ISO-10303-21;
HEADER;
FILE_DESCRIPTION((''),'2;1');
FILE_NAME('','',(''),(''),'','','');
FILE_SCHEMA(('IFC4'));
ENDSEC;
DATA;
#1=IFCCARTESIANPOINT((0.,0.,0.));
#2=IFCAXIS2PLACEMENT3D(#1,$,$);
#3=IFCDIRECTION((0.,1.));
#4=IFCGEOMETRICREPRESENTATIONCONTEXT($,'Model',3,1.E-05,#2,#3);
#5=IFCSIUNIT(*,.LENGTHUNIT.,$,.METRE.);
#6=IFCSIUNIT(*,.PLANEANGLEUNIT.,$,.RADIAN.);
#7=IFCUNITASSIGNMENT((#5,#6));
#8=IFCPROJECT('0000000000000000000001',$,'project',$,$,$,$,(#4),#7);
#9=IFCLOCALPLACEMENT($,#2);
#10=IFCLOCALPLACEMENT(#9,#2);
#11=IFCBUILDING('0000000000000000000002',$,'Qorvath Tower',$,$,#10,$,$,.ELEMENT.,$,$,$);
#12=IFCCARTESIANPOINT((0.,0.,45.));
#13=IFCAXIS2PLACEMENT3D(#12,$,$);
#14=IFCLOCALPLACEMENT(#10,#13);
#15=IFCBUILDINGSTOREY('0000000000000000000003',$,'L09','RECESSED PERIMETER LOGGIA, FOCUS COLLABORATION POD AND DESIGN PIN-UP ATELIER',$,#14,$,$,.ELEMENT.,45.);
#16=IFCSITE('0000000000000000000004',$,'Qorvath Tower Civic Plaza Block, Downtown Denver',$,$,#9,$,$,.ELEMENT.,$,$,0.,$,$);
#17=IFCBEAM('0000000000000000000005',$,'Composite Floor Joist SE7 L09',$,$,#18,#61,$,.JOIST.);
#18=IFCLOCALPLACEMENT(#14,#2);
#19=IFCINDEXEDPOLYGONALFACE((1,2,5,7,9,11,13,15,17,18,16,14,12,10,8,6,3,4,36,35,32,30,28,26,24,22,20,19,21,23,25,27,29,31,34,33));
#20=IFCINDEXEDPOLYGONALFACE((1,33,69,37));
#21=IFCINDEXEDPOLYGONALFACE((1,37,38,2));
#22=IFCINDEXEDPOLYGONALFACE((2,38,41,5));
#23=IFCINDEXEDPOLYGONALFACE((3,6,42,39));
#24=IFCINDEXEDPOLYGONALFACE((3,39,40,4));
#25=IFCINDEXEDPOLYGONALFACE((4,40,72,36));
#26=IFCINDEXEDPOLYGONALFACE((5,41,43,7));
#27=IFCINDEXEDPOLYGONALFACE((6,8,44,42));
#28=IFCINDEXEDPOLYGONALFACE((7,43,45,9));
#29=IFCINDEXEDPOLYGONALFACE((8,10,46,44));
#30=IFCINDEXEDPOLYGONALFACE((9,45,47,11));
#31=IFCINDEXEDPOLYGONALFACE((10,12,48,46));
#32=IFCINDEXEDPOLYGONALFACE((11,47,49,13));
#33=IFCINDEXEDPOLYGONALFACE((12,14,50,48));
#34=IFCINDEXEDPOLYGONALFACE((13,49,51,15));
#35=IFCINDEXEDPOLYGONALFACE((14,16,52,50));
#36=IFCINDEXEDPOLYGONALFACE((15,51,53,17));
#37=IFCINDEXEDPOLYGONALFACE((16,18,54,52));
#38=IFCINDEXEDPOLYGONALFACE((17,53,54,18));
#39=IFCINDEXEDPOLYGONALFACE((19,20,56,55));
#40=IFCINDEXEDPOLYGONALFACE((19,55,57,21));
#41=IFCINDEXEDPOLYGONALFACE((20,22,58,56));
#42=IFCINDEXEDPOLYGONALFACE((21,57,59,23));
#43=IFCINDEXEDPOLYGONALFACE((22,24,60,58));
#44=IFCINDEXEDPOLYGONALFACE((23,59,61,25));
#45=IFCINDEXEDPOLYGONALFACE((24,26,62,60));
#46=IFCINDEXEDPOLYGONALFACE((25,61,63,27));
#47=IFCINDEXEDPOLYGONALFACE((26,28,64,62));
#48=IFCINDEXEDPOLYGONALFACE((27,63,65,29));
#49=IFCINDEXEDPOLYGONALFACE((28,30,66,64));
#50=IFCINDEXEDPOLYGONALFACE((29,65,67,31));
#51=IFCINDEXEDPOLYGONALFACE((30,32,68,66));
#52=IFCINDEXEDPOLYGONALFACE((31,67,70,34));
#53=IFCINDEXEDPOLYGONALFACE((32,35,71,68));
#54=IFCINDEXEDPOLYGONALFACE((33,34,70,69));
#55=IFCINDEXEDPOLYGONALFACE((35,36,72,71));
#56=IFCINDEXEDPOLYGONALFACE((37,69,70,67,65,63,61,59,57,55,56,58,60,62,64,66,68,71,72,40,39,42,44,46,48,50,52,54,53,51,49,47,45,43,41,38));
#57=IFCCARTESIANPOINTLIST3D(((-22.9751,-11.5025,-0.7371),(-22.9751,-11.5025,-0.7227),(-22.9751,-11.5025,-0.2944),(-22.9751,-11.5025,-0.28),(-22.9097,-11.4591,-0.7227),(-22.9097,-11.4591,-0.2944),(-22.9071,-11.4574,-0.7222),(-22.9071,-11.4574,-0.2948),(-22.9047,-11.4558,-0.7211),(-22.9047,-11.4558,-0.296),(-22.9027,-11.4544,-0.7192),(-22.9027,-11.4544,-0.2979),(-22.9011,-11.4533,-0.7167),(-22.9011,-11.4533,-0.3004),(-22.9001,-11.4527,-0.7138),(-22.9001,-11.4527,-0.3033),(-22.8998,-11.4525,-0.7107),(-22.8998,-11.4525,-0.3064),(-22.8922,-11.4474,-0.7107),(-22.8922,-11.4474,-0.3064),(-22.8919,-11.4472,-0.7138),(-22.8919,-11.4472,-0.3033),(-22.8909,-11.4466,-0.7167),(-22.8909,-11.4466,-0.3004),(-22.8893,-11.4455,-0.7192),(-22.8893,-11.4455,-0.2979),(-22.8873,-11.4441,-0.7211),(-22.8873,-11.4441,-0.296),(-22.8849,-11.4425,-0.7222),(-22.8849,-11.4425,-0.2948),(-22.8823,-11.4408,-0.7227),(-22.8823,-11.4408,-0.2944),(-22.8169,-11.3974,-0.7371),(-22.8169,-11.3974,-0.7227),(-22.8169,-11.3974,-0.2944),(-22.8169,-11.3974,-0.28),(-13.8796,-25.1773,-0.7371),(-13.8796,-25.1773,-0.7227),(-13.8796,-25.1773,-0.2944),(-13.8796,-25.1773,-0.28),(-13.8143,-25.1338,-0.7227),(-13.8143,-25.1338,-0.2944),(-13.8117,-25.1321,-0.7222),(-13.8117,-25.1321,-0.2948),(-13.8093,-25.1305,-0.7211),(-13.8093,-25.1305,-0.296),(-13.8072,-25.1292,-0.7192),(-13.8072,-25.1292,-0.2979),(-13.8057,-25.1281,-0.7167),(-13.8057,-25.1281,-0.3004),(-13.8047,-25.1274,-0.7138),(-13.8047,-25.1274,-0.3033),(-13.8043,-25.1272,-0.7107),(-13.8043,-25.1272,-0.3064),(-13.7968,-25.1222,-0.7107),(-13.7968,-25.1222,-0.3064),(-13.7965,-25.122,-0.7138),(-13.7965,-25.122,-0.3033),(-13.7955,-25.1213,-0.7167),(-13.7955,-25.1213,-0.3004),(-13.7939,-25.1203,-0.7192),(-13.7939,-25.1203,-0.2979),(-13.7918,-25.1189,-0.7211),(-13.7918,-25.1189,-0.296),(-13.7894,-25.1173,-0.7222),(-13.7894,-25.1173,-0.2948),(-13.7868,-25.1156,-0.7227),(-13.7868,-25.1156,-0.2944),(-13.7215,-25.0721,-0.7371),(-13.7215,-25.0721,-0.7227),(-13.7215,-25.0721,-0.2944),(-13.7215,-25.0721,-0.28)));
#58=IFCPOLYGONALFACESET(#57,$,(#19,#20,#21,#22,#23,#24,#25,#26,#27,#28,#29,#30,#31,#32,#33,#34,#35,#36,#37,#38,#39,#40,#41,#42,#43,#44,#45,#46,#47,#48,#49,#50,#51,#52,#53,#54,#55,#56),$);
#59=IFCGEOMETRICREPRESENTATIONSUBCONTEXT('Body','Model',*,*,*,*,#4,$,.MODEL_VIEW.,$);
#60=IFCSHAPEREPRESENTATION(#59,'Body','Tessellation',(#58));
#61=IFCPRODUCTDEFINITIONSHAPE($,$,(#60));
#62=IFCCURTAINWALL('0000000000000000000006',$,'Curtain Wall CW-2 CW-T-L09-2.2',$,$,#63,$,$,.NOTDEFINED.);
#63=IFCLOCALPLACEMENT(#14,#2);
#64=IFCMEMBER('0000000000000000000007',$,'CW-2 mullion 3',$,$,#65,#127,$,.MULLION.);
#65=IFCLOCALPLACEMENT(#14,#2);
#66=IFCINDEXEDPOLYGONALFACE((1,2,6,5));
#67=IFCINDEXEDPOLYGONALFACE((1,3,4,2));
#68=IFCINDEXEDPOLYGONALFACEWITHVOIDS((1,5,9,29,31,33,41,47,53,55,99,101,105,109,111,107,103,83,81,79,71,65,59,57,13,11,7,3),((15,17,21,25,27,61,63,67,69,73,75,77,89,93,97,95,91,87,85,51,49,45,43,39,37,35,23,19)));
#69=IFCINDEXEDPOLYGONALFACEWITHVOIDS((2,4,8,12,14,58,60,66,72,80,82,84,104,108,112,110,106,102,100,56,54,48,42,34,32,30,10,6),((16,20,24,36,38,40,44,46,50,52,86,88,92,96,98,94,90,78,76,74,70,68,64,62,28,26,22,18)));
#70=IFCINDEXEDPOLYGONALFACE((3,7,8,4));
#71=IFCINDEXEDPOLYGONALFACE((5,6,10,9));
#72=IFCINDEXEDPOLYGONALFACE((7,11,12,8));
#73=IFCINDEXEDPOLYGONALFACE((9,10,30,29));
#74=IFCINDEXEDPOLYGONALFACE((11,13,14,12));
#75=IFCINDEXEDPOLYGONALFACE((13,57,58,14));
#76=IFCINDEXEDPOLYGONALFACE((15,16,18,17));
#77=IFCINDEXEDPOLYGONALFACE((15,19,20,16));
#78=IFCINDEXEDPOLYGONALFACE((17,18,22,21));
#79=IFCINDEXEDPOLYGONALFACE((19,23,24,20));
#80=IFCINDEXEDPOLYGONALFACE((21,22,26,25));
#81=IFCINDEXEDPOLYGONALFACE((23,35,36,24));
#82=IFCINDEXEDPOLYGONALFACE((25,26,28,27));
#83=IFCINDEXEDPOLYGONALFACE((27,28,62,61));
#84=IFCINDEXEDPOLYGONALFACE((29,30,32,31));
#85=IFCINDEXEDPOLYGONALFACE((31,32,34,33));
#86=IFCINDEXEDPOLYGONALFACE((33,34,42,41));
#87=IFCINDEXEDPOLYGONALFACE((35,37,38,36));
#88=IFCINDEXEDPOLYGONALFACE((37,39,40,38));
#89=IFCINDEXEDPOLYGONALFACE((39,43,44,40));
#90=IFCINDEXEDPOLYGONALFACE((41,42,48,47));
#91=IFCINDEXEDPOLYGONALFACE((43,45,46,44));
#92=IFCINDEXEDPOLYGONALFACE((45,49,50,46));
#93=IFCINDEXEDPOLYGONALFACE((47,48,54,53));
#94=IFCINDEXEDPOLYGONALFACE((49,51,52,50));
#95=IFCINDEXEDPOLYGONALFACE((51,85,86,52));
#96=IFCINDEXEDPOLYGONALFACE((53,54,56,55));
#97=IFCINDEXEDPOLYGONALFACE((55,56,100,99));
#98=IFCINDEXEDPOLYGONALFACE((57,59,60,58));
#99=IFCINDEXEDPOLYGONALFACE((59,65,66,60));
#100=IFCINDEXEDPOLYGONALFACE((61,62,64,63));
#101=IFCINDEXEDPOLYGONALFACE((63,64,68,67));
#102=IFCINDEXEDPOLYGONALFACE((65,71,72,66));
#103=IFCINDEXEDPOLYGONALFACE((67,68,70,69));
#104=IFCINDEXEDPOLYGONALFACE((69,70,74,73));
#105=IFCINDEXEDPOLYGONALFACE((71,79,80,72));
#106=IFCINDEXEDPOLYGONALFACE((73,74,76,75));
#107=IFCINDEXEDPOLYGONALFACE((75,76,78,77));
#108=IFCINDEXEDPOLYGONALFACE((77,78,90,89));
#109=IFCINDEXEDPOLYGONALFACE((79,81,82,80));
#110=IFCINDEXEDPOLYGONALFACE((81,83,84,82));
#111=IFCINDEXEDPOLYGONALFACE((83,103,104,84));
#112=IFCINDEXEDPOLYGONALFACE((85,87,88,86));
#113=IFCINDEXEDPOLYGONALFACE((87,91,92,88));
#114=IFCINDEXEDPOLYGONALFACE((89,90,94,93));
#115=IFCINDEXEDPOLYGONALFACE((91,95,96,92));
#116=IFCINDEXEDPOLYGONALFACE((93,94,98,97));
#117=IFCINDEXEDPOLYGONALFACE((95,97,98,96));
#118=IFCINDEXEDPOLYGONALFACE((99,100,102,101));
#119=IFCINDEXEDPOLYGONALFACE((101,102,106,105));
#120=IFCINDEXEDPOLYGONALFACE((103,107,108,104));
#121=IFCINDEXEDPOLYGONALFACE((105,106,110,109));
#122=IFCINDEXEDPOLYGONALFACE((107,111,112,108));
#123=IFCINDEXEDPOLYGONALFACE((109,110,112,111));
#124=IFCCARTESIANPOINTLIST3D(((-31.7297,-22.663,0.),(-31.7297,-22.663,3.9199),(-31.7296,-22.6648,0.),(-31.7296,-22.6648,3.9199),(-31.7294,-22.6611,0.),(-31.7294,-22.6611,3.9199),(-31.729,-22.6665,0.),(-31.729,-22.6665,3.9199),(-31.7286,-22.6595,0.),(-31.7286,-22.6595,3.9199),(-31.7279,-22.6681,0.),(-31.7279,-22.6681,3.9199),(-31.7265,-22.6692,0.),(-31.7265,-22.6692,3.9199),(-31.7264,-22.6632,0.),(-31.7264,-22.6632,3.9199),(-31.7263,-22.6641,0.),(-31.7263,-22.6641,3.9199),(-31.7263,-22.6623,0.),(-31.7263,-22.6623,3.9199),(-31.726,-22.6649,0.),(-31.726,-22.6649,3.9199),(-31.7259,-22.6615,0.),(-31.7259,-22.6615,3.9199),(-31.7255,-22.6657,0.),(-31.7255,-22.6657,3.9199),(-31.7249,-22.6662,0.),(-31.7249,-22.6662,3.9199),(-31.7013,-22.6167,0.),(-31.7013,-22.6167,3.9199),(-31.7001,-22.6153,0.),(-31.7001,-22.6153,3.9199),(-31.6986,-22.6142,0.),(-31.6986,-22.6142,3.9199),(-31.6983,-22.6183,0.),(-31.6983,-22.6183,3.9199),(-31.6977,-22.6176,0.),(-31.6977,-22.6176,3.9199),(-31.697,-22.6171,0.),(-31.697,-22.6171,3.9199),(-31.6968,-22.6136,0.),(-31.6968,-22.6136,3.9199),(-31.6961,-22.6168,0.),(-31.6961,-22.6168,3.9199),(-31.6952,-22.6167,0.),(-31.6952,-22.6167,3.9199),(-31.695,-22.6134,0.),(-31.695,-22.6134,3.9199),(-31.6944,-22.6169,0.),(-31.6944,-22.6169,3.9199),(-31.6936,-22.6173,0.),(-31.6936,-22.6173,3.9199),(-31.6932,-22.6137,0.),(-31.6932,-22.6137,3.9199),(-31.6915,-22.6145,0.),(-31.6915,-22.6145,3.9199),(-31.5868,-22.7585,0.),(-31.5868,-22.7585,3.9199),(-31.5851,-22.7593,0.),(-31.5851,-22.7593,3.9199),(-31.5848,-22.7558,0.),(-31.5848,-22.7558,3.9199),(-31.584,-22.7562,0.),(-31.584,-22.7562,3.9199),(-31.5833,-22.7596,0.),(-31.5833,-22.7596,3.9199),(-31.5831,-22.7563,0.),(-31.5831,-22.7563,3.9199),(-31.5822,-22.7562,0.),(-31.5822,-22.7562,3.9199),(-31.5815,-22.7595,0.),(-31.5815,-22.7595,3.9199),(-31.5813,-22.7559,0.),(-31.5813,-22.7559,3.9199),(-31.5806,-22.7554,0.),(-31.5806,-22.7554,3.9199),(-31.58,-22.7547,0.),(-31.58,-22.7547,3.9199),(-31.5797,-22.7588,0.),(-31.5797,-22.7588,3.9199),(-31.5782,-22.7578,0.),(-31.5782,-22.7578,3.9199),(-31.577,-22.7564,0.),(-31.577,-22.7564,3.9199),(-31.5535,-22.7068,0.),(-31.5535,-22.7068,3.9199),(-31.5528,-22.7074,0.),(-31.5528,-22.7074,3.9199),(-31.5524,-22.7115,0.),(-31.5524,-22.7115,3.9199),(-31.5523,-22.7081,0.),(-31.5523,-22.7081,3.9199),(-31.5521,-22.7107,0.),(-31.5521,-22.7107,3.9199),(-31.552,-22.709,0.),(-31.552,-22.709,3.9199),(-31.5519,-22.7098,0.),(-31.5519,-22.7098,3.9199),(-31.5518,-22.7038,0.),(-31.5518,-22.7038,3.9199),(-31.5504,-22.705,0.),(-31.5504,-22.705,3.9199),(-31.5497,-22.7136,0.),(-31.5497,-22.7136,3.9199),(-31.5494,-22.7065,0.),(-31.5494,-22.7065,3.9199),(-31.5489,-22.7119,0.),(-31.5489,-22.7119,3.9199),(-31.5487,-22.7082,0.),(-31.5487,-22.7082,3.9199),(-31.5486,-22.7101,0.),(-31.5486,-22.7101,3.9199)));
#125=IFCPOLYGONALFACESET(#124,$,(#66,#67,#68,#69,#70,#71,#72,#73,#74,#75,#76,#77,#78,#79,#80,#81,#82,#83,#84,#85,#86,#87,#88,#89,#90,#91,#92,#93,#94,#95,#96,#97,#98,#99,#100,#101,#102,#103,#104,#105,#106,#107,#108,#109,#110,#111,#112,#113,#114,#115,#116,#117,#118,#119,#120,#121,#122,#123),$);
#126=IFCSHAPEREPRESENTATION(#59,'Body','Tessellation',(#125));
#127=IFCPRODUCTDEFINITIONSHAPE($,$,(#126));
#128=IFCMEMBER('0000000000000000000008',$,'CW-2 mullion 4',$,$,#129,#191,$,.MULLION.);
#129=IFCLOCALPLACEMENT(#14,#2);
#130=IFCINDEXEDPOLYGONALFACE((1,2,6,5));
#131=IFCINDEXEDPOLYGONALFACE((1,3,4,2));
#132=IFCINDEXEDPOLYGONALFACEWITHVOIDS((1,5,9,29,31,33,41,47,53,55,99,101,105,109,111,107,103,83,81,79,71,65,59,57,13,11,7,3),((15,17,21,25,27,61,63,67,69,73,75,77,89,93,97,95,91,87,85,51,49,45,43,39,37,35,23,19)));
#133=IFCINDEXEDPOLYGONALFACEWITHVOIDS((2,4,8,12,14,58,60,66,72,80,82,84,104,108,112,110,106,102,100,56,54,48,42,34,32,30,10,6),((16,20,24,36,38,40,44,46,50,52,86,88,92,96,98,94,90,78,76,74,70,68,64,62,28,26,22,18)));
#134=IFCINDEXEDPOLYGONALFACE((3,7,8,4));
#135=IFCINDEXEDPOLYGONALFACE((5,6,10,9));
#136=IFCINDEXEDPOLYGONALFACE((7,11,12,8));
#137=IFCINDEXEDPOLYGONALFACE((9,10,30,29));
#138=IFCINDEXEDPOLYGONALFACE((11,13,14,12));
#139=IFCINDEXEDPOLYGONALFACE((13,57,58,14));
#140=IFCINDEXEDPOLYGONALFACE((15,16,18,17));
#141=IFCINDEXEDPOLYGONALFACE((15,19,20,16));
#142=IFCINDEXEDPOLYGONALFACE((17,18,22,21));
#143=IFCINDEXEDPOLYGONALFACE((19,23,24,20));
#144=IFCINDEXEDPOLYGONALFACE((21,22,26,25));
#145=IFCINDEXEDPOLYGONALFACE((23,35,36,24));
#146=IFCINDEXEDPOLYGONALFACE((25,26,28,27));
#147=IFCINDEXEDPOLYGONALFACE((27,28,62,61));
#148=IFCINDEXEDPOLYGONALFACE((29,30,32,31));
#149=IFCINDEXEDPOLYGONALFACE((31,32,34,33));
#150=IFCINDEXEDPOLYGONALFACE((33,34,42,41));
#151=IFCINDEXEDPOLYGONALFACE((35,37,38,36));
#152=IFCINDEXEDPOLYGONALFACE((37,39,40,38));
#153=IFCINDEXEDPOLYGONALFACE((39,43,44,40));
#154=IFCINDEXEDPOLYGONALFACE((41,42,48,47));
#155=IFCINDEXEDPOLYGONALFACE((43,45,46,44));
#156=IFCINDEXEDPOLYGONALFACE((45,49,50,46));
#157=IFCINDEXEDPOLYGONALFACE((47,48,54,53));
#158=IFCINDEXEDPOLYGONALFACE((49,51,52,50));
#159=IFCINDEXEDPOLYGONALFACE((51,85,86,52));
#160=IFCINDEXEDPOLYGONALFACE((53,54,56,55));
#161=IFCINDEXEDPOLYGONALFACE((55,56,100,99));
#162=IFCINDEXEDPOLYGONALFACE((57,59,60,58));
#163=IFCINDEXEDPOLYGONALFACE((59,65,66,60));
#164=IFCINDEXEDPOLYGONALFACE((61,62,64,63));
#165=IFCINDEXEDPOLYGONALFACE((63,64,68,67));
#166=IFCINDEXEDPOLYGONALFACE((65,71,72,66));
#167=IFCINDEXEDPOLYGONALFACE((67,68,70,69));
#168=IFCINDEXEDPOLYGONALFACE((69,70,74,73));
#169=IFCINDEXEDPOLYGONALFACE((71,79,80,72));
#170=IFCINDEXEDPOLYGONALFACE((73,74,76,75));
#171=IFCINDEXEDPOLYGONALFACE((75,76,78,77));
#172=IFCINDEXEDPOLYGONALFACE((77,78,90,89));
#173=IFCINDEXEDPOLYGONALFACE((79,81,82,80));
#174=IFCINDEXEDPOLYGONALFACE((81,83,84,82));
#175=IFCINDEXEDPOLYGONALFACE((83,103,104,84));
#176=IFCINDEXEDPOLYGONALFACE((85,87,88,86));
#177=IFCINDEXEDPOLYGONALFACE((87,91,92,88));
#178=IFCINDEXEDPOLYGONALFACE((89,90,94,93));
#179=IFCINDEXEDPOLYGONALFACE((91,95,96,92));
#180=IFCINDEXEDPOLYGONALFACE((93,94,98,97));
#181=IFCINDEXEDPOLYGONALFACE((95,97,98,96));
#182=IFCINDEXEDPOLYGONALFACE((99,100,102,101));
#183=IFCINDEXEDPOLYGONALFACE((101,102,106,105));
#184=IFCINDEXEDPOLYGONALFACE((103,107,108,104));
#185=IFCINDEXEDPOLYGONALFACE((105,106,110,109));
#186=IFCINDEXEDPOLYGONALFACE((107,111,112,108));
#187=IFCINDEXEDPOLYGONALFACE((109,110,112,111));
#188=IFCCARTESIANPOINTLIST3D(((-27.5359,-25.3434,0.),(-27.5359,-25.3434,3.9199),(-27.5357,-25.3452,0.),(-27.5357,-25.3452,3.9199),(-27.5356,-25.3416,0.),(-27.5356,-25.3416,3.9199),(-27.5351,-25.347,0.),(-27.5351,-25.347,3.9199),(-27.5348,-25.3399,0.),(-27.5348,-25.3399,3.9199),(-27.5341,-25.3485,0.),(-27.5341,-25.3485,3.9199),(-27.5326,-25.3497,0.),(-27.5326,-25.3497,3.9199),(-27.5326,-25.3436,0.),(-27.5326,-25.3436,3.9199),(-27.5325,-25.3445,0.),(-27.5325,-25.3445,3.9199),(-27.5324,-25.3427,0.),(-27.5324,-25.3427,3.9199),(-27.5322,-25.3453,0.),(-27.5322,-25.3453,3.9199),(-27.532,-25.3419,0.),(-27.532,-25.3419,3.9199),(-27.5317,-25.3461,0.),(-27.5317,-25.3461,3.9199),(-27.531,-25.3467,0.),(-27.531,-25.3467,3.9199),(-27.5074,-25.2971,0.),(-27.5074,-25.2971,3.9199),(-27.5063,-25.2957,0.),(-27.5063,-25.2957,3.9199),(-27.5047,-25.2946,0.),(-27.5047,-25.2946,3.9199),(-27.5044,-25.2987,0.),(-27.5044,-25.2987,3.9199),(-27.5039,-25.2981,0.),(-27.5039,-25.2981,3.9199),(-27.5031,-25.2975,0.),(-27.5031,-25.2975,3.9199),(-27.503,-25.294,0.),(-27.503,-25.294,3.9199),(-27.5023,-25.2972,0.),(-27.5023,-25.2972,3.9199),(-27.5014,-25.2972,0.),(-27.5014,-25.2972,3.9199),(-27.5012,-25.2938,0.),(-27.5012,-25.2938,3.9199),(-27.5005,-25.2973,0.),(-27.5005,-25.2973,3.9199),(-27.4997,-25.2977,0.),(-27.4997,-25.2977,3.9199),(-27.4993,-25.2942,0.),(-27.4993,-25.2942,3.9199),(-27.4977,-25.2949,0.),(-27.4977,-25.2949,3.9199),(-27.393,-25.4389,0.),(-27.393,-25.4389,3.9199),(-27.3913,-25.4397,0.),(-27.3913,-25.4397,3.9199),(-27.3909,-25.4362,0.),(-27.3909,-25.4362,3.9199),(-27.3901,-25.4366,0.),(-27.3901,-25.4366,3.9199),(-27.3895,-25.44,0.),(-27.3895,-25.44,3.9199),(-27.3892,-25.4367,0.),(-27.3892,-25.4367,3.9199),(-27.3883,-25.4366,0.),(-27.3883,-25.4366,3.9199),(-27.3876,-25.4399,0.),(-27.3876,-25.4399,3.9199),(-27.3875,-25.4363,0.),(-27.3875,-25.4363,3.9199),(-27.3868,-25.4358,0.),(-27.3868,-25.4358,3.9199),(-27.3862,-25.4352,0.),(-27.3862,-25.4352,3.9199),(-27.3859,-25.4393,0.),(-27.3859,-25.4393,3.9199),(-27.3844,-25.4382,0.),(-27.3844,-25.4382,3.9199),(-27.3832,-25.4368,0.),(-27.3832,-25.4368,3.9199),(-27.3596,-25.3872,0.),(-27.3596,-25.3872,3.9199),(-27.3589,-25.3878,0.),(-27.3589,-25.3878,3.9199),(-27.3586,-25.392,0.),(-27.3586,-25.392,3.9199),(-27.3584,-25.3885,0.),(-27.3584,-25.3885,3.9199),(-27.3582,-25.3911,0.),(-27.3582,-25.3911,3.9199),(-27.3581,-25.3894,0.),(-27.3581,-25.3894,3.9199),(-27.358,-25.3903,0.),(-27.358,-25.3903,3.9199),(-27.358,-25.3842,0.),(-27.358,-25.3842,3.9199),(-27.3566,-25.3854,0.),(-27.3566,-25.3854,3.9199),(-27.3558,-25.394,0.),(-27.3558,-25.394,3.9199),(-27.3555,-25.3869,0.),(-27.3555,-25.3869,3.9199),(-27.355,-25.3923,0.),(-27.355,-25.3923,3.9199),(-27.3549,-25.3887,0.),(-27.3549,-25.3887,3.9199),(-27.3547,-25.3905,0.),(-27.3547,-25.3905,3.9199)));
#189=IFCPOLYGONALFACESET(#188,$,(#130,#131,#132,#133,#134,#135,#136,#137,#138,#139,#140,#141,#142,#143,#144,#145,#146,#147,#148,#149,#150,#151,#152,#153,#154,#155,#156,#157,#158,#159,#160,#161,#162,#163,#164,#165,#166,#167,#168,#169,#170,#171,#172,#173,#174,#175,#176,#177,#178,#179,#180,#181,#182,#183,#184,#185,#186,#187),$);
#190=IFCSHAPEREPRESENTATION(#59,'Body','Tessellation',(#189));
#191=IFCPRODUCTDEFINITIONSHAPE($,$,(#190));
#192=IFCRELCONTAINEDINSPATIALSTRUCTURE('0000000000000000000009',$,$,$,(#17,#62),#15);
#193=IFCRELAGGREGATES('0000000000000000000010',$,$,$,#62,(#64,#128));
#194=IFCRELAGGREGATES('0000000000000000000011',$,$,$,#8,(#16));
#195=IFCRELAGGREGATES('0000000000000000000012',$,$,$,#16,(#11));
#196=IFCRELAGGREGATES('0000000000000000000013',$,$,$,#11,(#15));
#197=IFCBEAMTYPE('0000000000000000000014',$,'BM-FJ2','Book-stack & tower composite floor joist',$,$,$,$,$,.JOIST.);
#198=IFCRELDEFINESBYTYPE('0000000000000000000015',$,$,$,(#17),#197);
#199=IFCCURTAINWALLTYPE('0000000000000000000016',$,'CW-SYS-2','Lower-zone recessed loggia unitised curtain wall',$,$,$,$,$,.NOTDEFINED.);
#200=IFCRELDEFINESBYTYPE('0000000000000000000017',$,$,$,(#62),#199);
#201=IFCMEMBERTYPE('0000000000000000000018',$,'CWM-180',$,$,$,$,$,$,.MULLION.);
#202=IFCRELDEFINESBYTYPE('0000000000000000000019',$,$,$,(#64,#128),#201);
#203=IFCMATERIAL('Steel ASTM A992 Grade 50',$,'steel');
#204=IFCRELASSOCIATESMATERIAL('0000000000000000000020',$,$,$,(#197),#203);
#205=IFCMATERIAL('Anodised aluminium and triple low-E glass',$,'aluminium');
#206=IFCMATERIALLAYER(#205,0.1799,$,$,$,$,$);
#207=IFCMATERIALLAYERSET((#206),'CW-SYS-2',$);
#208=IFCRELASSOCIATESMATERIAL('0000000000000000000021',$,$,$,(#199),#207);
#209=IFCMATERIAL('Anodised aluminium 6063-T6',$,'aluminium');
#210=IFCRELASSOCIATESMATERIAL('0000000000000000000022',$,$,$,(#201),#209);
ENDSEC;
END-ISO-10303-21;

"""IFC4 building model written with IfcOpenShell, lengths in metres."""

from ifc_helpers import new_model, si_unit, direction, frame, origin, origin_2d, place, context, subcontext, project, spatial, hollow_rectangle, i_section, extrude, material, layer, layer_set, material_profile, profile_set, type_object, element, aggregate, save


model = new_model("IFC4")

# Units and contexts
model_context = context("Model", 3, precision=1e-05, world=origin(), true_north=direction((0.0, 1.0)))
body_context = subcontext(model_context, "Body", "Model", "MODEL_VIEW")
ifc_project = project(units=[si_unit("LENGTHUNIT", "METRE"), si_unit("PLANEANGLEUNIT", "RADIAN")], contexts=[model_context])

# Site, building, storey
site_placement = place(None, origin())
site = spatial("IfcSite", under=ifc_project, at=site_placement, Name="Qorvath Tower Civic Plaza Block, Downtown Denver", CompositionType="ELEMENT", RefElevation=0.0)
building_placement = place(site_placement, origin())
building = spatial("IfcBuilding", under=site, at=building_placement, Name="Qorvath Tower", CompositionType="ELEMENT")
storey_placement = place(building_placement, frame((0.0, 0.0, 45.0)))
storey = spatial("IfcBuildingStorey", under=building, at=storey_placement, Name="L09", Description="RECESSED PERIMETER LOGGIA, FOCUS COLLABORATION POD AND DESIGN PIN-UP ATELIER", CompositionType="ELEMENT", Elevation=45.0)

# Beam
ifc_material_1 = material(Name="Steel ASTM A992 Grade 50", Category="steel")
ifc_material_profile_1 = material_profile(ifc_material_1, i_section(OverallWidth=0.1899, OverallDepth=0.457, WebThickness=0.009, FlangeThickness=0.0144, FilletRadius=0.012, at=origin_2d()), Name="W18x50")
ifc_profile_set_1 = profile_set([ifc_material_profile_1], Name="Steel ASTM A992 Grade 50")
beam_type_1 = type_object("IfcBeamType", Name="BM-FJ2", Description="Book-stack & tower composite floor joist", PredefinedType="JOIST", material=ifc_profile_set_1)
beam_1_placement = place(storey_placement, frame((-22.896, -11.45, -0.5085), z_axis=(0.553811, -0.832642, 0.0), x_axis=(0.832642, 0.553811, 0.0)))
element("IfcBeam", 1, at=beam_1_placement, inside=storey, type_object=beam_type_1, Name="Composite Floor Joist SE7 L09", PredefinedType="JOIST", context=body_context, shape_type="SweptSolid", body=[
    extrude(i_section(OverallWidth=0.1899, OverallDepth=0.457, WebThickness=0.009, FlangeThickness=0.0144, FilletRadius=0.012, at=origin_2d()), origin(), (0.0, 0.0, 1.0), 16.4233),
])

# Curtain wall, members
ifc_material_2 = material(Name="Anodised aluminium and triple low-E glass", Category="aluminium")
ifc_layer_1 = layer(ifc_material_2, 0.1799)
ifc_layer_set_1 = layer_set([ifc_layer_1], Name="CW-SYS-2")
curtain_wall_type = type_object("IfcCurtainWallType", Name="CW-SYS-2", Description="Lower-zone recessed loggia unitised curtain wall", PredefinedType="NOTDEFINED", material=ifc_layer_set_1)
curtain_wall_placement = place(storey_placement, origin())
curtain_wall = element("IfcCurtainWall", 2, at=curtain_wall_placement, inside=storey, type_object=curtain_wall_type, Name="Curtain Wall CW-2 CW-T-L09-2.2", PredefinedType="NOTDEFINED")
ifc_material_3 = material(Name="Anodised aluminium 6063-T6", Category="aluminium")
ifc_material_profile_2 = material_profile(ifc_material_3, hollow_rectangle(XDim=0.0649, YDim=0.1799, WallThickness=0.0034, InnerFilletRadius=0.0034, OuterFilletRadius=0.0071, at=origin_2d()), Name="CWM 180x65")
ifc_profile_set_2 = profile_set([ifc_material_profile_2], Name="Anodised aluminium 6063-T6")
member_type_1 = type_object("IfcMemberType", Name="CWM-180", PredefinedType="MULLION", material=ifc_profile_set_2)
member_1_placement = place(storey_placement, frame((-31.6392, -22.6865, 0.0), z_axis=(0.0, 0.0, 1.0), x_axis=(0.538537, 0.842602, 0.0)))
member_1 = element("IfcMember", 3, at=member_1_placement, type_object=member_type_1, Name="CW-2 mullion 3", PredefinedType="MULLION", context=body_context, shape_type="SweptSolid", body=[
    extrude(hollow_rectangle(XDim=0.0649, YDim=0.1799, WallThickness=0.0034, InnerFilletRadius=0.0034, OuterFilletRadius=0.0071, at=origin_2d()), origin(), (0.0, 0.0, 1.0), 3.9199),
])
member_2_placement = place(storey_placement, frame((-27.4453, -25.3669, 0.0), z_axis=(0.0, 0.0, 1.0), x_axis=(0.538537, 0.842602, 0.0)))
member_2 = element("IfcMember", 4, at=member_2_placement, type_object=member_type_1, Name="CW-2 mullion 4", PredefinedType="MULLION", context=body_context, shape_type="SweptSolid", body=[
    extrude(hollow_rectangle(XDim=0.0649, YDim=0.1799, WallThickness=0.0034, InnerFilletRadius=0.0034, OuterFilletRadius=0.0071, at=origin_2d()), origin(), (0.0, 0.0, 1.0), 3.9199),
])
aggregate(curtain_wall, [member_1, member_2])

save(model, "model.ifc")
